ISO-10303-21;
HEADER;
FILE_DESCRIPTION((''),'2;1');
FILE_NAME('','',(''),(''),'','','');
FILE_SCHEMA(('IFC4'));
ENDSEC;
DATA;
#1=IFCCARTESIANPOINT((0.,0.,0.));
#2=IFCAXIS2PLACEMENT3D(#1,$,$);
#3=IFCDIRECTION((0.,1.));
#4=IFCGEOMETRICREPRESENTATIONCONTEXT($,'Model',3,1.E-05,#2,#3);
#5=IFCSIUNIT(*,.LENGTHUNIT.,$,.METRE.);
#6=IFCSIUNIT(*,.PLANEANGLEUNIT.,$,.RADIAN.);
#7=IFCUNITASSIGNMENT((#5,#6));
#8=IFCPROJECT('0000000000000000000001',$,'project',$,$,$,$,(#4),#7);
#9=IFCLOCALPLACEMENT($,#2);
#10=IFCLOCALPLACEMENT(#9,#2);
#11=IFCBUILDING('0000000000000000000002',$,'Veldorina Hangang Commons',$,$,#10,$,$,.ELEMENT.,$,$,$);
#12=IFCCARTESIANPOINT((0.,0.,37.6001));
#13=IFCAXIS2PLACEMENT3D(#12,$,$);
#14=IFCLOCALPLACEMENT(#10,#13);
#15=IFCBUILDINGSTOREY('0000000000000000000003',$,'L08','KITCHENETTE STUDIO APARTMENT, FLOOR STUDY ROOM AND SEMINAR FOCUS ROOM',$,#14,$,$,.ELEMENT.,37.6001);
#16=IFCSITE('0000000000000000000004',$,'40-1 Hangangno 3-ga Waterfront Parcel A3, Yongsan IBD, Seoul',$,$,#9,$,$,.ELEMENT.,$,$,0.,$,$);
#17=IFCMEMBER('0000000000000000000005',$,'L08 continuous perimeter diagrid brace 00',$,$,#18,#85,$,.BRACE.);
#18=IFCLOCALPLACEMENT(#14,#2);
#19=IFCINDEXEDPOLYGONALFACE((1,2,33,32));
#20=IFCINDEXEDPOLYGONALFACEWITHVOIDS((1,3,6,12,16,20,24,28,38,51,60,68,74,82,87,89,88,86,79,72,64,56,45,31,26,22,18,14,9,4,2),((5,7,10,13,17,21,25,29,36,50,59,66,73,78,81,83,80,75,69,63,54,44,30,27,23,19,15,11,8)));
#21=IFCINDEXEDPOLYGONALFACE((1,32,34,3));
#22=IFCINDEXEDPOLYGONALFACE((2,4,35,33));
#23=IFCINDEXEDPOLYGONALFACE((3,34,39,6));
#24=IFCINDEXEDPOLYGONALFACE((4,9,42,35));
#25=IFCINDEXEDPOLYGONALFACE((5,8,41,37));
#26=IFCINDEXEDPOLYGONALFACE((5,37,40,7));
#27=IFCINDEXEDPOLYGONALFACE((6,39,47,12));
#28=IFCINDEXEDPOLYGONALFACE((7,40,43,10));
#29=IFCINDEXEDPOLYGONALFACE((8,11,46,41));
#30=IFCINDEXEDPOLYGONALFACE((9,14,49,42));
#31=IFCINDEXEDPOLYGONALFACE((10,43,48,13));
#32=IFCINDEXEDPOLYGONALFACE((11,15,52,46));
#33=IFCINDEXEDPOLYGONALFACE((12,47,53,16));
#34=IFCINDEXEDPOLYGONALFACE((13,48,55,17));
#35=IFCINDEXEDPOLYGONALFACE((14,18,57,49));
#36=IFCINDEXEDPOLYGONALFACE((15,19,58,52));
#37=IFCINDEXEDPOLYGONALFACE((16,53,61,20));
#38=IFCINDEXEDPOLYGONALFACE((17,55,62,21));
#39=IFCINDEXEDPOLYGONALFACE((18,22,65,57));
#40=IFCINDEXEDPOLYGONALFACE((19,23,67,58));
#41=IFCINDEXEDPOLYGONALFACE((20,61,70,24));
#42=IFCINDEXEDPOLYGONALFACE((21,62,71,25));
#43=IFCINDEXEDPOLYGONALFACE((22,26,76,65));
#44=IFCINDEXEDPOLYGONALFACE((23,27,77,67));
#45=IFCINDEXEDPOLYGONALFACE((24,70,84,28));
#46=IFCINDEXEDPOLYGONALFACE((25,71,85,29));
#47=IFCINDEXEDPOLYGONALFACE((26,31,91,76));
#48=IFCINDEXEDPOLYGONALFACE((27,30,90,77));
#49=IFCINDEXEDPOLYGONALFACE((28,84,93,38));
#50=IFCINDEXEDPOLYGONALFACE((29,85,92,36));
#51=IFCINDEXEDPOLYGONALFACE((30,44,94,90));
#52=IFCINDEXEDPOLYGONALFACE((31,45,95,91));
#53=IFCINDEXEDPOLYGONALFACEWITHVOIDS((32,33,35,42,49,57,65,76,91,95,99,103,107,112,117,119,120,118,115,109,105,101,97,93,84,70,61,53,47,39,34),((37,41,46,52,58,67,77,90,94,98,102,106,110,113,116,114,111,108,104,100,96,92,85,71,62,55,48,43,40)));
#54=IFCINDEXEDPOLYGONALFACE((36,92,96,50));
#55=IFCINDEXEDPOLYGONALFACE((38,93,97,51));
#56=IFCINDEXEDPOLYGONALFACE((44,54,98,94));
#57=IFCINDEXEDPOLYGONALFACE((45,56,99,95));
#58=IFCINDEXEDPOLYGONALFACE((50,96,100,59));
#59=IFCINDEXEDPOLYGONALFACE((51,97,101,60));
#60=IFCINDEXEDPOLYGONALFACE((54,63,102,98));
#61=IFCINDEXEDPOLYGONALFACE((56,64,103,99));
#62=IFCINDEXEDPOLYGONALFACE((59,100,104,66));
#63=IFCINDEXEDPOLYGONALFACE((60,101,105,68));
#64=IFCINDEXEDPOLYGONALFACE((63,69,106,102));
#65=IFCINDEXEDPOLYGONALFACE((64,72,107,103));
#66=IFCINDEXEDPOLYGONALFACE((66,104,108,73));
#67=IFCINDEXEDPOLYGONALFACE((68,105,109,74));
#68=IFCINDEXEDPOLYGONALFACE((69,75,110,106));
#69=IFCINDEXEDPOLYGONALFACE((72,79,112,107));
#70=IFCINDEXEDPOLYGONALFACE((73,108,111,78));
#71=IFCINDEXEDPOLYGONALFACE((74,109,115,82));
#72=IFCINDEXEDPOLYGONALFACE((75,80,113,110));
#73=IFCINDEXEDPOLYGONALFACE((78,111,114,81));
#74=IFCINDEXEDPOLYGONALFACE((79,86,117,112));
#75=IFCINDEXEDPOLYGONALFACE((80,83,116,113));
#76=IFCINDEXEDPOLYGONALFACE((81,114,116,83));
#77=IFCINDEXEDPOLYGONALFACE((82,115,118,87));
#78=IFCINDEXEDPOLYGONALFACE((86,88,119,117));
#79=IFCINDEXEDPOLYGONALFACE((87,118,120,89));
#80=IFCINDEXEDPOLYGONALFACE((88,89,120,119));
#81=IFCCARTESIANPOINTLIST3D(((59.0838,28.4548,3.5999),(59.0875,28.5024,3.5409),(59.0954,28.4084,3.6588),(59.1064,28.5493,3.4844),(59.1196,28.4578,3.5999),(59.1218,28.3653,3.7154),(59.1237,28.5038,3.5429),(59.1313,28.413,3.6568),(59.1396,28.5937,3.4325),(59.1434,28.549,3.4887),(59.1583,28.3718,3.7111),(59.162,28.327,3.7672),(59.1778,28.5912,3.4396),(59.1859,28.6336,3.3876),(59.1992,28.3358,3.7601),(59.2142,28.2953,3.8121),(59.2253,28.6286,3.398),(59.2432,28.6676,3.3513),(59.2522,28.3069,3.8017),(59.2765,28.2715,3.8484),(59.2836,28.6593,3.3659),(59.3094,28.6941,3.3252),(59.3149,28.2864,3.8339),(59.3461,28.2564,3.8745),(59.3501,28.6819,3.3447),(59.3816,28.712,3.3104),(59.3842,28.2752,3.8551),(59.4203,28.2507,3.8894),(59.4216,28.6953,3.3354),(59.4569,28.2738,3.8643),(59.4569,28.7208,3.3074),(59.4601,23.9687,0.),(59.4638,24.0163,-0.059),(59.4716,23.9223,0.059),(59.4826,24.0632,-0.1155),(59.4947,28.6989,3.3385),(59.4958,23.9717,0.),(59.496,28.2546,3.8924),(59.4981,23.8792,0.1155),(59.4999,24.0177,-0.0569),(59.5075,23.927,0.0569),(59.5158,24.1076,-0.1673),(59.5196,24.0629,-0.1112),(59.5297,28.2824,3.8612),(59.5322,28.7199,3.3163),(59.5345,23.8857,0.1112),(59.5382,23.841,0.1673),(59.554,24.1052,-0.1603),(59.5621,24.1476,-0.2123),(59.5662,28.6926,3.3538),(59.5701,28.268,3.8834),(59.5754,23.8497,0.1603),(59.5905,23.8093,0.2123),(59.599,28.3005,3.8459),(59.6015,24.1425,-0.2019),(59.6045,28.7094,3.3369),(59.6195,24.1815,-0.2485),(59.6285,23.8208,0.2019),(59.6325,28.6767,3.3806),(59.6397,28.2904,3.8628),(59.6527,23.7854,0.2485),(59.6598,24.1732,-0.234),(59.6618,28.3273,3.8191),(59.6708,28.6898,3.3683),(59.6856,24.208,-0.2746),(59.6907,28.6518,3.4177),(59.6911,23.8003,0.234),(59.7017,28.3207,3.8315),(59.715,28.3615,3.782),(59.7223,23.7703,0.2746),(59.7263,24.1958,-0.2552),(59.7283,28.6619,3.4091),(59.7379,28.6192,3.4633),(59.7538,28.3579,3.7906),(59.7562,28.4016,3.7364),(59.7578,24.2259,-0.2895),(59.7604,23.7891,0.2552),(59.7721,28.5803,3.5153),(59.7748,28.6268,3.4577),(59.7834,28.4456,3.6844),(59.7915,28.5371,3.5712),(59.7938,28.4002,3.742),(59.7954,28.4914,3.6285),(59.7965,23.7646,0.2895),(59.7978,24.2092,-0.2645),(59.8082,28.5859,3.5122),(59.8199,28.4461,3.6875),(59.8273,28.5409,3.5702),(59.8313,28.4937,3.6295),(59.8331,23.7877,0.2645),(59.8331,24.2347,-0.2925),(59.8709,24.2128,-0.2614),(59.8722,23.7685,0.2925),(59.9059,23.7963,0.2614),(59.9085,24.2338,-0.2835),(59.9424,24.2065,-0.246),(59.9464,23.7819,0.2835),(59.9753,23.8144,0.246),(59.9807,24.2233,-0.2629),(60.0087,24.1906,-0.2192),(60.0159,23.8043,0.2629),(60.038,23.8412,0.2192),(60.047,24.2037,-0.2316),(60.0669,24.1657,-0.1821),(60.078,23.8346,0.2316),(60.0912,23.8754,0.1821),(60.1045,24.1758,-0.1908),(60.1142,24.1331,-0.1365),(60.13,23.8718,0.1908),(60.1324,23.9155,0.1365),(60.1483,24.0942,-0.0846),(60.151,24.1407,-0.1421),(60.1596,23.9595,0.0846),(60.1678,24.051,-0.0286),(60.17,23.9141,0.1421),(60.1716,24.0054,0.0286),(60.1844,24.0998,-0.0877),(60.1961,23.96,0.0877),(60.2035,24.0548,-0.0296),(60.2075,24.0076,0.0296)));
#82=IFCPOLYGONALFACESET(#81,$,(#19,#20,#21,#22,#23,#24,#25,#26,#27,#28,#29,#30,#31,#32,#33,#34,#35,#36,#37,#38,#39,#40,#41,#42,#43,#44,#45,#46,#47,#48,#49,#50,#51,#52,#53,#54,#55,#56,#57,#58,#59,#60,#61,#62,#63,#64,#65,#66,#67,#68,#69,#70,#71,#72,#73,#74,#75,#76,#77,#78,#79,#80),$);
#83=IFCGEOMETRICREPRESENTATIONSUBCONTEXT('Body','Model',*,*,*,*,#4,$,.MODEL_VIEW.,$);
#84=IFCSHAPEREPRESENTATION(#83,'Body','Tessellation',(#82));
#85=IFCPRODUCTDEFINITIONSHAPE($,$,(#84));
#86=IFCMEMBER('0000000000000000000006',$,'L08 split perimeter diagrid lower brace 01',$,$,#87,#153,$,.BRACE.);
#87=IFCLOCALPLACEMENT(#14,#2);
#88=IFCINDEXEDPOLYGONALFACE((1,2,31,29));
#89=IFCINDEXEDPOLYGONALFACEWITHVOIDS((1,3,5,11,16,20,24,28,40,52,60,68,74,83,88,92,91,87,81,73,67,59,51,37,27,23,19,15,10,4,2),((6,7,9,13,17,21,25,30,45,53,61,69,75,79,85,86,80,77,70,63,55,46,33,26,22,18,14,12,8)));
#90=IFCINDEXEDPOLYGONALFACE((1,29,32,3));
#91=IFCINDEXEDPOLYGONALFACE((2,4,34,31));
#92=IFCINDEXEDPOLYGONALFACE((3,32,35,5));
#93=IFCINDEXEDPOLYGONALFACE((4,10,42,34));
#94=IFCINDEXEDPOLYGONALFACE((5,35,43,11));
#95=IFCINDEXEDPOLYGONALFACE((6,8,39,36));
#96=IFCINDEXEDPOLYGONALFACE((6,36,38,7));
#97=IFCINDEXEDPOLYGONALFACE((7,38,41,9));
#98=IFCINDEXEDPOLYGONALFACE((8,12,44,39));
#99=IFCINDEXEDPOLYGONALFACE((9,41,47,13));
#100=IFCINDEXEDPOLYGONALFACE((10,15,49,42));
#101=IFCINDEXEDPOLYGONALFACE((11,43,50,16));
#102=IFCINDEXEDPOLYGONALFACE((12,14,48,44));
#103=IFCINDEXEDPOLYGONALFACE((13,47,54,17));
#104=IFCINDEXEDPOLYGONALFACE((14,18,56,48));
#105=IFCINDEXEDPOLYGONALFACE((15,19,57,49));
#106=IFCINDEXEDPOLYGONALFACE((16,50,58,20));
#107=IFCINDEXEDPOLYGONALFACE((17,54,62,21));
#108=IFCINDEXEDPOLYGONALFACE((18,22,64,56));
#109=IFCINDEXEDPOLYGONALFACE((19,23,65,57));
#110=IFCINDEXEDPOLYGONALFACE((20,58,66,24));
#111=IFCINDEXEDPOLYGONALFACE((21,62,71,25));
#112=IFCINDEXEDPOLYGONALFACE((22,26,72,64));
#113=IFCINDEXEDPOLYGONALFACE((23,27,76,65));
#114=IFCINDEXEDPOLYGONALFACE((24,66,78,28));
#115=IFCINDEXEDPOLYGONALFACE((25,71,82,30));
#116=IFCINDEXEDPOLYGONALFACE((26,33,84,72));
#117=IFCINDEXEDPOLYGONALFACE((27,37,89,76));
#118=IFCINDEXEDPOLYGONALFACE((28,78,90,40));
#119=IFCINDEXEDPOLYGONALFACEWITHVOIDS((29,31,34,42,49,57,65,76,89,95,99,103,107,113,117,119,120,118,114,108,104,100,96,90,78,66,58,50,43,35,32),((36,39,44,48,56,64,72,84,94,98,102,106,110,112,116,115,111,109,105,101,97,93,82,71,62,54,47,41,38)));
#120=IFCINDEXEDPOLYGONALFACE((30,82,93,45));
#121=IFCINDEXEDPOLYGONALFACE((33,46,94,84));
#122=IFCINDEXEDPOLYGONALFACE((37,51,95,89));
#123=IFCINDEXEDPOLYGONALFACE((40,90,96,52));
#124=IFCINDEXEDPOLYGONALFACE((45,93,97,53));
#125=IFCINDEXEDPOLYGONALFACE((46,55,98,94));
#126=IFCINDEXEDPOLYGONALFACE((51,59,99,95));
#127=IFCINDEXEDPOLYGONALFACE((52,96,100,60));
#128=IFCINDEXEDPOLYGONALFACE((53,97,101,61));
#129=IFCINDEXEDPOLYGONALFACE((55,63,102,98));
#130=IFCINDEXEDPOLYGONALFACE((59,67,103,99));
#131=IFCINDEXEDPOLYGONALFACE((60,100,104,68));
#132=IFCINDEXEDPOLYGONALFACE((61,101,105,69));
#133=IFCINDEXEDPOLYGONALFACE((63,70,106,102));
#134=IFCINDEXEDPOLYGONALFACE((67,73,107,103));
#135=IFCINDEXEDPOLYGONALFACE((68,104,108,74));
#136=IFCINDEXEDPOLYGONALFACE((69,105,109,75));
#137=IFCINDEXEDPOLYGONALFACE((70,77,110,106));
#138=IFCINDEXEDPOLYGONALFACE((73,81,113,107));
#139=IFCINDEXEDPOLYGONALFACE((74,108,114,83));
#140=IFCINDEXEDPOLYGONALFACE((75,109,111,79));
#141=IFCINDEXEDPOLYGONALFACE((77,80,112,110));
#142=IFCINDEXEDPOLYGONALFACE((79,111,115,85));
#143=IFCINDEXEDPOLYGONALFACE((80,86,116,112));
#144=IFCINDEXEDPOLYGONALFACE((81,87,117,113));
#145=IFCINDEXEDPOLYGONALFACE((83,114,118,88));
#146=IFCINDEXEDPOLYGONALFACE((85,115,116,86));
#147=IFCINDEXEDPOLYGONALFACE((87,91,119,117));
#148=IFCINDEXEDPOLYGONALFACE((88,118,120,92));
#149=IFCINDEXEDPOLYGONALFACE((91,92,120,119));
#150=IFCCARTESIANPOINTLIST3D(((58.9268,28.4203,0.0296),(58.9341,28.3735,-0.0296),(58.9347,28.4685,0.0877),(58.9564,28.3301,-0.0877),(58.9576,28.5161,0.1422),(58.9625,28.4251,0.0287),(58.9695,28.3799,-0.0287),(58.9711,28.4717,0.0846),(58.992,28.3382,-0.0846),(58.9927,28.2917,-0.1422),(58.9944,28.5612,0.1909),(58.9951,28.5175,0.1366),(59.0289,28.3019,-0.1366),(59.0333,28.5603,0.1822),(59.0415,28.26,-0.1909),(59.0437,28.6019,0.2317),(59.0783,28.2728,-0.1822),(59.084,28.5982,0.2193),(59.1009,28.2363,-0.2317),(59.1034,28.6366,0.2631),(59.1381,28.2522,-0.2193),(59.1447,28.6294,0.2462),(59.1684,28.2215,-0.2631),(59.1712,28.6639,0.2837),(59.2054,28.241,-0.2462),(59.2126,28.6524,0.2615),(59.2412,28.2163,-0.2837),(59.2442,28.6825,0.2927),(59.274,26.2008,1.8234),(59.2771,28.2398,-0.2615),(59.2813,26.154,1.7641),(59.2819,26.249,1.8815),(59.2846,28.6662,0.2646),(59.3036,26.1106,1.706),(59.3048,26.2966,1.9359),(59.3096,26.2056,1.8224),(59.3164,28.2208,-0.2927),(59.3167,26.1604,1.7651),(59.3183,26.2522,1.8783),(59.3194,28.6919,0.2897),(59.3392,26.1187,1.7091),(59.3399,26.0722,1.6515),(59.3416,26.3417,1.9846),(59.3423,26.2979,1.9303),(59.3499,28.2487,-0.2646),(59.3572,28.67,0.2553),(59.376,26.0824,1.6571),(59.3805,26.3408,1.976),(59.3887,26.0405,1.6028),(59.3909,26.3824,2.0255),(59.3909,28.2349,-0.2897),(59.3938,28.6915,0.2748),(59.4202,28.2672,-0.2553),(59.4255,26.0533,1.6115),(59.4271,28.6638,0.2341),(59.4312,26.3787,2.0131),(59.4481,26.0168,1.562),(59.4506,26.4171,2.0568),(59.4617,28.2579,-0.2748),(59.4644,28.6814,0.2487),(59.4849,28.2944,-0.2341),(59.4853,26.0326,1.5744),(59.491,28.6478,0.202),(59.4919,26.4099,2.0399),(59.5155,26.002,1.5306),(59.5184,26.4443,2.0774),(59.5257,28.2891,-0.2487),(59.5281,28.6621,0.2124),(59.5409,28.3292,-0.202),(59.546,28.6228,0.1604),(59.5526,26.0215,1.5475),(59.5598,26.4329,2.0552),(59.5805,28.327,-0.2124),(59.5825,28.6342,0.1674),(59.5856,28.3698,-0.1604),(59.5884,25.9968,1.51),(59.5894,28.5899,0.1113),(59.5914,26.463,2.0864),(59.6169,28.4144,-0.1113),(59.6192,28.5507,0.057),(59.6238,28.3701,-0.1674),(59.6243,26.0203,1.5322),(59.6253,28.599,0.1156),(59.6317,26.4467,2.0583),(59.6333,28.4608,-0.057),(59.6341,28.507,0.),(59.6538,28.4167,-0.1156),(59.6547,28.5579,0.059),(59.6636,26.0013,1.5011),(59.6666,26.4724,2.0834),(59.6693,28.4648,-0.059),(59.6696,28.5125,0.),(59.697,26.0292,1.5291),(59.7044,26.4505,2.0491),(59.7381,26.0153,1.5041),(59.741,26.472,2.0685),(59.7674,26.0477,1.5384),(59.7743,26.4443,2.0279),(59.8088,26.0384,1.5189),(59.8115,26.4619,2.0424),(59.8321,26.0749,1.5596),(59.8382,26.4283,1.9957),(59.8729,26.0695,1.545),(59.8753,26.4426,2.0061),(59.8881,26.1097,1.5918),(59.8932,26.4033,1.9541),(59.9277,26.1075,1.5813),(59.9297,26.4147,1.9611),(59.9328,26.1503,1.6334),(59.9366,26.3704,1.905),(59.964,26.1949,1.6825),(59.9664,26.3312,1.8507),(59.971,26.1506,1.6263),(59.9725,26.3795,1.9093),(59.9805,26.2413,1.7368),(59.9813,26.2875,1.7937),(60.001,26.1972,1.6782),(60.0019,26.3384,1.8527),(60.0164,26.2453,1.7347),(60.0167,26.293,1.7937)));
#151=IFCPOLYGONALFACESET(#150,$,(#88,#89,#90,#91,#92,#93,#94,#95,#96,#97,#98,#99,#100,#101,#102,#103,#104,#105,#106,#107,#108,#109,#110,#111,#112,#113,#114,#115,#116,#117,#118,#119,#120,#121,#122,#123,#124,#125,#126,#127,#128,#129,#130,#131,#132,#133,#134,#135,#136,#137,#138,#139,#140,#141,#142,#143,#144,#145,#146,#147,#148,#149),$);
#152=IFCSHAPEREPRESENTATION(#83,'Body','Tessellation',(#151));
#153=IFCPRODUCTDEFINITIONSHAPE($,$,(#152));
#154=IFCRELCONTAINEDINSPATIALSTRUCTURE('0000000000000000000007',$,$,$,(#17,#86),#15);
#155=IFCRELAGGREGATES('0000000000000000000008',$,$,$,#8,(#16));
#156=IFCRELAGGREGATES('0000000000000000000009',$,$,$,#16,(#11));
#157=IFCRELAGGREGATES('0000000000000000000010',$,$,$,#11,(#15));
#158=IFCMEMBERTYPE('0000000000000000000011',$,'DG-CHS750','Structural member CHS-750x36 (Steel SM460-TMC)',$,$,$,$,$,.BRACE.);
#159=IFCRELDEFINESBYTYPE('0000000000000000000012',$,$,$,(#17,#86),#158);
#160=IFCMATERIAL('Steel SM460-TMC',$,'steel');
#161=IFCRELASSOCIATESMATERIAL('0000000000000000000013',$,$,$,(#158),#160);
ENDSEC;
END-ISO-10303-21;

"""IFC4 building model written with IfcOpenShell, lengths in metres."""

from ifc_helpers import new_model, si_unit, direction, frame, origin, origin_2d, place, context, subcontext, project, spatial, hollow_circle, extrude, material, material_profile, profile_set, type_object, element, save


model = new_model("IFC4")

# Units and contexts
model_context = context("Model", 3, precision=1e-05, world=origin(), true_north=direction((0.0, 1.0)))
body_context = subcontext(model_context, "Body", "Model", "MODEL_VIEW")
ifc_project = project(units=[si_unit("LENGTHUNIT", "METRE"), si_unit("PLANEANGLEUNIT", "RADIAN")], contexts=[model_context])

# Site, building, storey
site_placement = place(None, origin())
site = spatial("IfcSite", under=ifc_project, at=site_placement, Name="40-1 Hangangno 3-ga Waterfront Parcel A3, Yongsan IBD, Seoul", CompositionType="ELEMENT", RefElevation=0.0)
building_placement = place(site_placement, origin())
building = spatial("IfcBuilding", under=site, at=building_placement, Name="Veldorina Hangang Commons", CompositionType="ELEMENT")
storey_placement = place(building_placement, frame((0.0, 0.0, 37.6001)))
storey = spatial("IfcBuildingStorey", under=building, at=storey_placement, Name="L08", Description="KITCHENETTE STUDIO APARTMENT, FLOOR STUDY ROOM AND SEMINAR FOCUS ROOM", CompositionType="ELEMENT", Elevation=37.6001)

# Shared definitions
ifc_material_1 = material(Name="Steel SM460-TMC", Category="steel")

# Members
ifc_material_profile_1 = material_profile(ifc_material_1, hollow_circle(Radius=0.375, WallThickness=0.0359, at=origin_2d()), Name="CHS-750x36")
ifc_profile_set_1 = profile_set([ifc_material_profile_1], Name="Steel SM460-TMC")
member_type = type_object("IfcMemberType", Name="DG-CHS750", Description="Structural member CHS-750x36 (Steel SM460-TMC)", PredefinedType="BRACE", material=ifc_profile_set_1)
member_1_placement = place(storey_placement, frame((59.8337, 24.0, 0.0), z_axis=(-0.065269, 0.778273, 0.624524), x_axis=(-0.996502, -0.083571, 0.0)))
element("IfcMember", 1, at=member_1_placement, inside=storey, type_object=member_type, Name="L08 continuous perimeter diagrid brace 00", PredefinedType="BRACE", context=body_context, shape_type="SweptSolid", body=[
    extrude(hollow_circle(Radius=0.375, WallThickness=0.0359, at=origin_2d()), origin(), (0.0, 0.0, 1.0), 5.7642),
])
member_2_placement = place(storey_placement, frame((59.2991, 28.4546, 0.0), z_axis=(0.120766, -0.77207, 0.623958), x_axis=(0.987987, 0.154539, 0.0)))
element("IfcMember", 2, at=member_2_placement, inside=storey, type_object=member_type, Name="L08 split perimeter diagrid lower brace 01", PredefinedType="BRACE", context=body_context, shape_type="SweptSolid", body=[
    extrude(hollow_circle(Radius=0.375, WallThickness=0.0359, at=origin_2d()), origin(), (0.0, 0.0, 1.0), 2.8748),
])

save(model, "model.ifc")
